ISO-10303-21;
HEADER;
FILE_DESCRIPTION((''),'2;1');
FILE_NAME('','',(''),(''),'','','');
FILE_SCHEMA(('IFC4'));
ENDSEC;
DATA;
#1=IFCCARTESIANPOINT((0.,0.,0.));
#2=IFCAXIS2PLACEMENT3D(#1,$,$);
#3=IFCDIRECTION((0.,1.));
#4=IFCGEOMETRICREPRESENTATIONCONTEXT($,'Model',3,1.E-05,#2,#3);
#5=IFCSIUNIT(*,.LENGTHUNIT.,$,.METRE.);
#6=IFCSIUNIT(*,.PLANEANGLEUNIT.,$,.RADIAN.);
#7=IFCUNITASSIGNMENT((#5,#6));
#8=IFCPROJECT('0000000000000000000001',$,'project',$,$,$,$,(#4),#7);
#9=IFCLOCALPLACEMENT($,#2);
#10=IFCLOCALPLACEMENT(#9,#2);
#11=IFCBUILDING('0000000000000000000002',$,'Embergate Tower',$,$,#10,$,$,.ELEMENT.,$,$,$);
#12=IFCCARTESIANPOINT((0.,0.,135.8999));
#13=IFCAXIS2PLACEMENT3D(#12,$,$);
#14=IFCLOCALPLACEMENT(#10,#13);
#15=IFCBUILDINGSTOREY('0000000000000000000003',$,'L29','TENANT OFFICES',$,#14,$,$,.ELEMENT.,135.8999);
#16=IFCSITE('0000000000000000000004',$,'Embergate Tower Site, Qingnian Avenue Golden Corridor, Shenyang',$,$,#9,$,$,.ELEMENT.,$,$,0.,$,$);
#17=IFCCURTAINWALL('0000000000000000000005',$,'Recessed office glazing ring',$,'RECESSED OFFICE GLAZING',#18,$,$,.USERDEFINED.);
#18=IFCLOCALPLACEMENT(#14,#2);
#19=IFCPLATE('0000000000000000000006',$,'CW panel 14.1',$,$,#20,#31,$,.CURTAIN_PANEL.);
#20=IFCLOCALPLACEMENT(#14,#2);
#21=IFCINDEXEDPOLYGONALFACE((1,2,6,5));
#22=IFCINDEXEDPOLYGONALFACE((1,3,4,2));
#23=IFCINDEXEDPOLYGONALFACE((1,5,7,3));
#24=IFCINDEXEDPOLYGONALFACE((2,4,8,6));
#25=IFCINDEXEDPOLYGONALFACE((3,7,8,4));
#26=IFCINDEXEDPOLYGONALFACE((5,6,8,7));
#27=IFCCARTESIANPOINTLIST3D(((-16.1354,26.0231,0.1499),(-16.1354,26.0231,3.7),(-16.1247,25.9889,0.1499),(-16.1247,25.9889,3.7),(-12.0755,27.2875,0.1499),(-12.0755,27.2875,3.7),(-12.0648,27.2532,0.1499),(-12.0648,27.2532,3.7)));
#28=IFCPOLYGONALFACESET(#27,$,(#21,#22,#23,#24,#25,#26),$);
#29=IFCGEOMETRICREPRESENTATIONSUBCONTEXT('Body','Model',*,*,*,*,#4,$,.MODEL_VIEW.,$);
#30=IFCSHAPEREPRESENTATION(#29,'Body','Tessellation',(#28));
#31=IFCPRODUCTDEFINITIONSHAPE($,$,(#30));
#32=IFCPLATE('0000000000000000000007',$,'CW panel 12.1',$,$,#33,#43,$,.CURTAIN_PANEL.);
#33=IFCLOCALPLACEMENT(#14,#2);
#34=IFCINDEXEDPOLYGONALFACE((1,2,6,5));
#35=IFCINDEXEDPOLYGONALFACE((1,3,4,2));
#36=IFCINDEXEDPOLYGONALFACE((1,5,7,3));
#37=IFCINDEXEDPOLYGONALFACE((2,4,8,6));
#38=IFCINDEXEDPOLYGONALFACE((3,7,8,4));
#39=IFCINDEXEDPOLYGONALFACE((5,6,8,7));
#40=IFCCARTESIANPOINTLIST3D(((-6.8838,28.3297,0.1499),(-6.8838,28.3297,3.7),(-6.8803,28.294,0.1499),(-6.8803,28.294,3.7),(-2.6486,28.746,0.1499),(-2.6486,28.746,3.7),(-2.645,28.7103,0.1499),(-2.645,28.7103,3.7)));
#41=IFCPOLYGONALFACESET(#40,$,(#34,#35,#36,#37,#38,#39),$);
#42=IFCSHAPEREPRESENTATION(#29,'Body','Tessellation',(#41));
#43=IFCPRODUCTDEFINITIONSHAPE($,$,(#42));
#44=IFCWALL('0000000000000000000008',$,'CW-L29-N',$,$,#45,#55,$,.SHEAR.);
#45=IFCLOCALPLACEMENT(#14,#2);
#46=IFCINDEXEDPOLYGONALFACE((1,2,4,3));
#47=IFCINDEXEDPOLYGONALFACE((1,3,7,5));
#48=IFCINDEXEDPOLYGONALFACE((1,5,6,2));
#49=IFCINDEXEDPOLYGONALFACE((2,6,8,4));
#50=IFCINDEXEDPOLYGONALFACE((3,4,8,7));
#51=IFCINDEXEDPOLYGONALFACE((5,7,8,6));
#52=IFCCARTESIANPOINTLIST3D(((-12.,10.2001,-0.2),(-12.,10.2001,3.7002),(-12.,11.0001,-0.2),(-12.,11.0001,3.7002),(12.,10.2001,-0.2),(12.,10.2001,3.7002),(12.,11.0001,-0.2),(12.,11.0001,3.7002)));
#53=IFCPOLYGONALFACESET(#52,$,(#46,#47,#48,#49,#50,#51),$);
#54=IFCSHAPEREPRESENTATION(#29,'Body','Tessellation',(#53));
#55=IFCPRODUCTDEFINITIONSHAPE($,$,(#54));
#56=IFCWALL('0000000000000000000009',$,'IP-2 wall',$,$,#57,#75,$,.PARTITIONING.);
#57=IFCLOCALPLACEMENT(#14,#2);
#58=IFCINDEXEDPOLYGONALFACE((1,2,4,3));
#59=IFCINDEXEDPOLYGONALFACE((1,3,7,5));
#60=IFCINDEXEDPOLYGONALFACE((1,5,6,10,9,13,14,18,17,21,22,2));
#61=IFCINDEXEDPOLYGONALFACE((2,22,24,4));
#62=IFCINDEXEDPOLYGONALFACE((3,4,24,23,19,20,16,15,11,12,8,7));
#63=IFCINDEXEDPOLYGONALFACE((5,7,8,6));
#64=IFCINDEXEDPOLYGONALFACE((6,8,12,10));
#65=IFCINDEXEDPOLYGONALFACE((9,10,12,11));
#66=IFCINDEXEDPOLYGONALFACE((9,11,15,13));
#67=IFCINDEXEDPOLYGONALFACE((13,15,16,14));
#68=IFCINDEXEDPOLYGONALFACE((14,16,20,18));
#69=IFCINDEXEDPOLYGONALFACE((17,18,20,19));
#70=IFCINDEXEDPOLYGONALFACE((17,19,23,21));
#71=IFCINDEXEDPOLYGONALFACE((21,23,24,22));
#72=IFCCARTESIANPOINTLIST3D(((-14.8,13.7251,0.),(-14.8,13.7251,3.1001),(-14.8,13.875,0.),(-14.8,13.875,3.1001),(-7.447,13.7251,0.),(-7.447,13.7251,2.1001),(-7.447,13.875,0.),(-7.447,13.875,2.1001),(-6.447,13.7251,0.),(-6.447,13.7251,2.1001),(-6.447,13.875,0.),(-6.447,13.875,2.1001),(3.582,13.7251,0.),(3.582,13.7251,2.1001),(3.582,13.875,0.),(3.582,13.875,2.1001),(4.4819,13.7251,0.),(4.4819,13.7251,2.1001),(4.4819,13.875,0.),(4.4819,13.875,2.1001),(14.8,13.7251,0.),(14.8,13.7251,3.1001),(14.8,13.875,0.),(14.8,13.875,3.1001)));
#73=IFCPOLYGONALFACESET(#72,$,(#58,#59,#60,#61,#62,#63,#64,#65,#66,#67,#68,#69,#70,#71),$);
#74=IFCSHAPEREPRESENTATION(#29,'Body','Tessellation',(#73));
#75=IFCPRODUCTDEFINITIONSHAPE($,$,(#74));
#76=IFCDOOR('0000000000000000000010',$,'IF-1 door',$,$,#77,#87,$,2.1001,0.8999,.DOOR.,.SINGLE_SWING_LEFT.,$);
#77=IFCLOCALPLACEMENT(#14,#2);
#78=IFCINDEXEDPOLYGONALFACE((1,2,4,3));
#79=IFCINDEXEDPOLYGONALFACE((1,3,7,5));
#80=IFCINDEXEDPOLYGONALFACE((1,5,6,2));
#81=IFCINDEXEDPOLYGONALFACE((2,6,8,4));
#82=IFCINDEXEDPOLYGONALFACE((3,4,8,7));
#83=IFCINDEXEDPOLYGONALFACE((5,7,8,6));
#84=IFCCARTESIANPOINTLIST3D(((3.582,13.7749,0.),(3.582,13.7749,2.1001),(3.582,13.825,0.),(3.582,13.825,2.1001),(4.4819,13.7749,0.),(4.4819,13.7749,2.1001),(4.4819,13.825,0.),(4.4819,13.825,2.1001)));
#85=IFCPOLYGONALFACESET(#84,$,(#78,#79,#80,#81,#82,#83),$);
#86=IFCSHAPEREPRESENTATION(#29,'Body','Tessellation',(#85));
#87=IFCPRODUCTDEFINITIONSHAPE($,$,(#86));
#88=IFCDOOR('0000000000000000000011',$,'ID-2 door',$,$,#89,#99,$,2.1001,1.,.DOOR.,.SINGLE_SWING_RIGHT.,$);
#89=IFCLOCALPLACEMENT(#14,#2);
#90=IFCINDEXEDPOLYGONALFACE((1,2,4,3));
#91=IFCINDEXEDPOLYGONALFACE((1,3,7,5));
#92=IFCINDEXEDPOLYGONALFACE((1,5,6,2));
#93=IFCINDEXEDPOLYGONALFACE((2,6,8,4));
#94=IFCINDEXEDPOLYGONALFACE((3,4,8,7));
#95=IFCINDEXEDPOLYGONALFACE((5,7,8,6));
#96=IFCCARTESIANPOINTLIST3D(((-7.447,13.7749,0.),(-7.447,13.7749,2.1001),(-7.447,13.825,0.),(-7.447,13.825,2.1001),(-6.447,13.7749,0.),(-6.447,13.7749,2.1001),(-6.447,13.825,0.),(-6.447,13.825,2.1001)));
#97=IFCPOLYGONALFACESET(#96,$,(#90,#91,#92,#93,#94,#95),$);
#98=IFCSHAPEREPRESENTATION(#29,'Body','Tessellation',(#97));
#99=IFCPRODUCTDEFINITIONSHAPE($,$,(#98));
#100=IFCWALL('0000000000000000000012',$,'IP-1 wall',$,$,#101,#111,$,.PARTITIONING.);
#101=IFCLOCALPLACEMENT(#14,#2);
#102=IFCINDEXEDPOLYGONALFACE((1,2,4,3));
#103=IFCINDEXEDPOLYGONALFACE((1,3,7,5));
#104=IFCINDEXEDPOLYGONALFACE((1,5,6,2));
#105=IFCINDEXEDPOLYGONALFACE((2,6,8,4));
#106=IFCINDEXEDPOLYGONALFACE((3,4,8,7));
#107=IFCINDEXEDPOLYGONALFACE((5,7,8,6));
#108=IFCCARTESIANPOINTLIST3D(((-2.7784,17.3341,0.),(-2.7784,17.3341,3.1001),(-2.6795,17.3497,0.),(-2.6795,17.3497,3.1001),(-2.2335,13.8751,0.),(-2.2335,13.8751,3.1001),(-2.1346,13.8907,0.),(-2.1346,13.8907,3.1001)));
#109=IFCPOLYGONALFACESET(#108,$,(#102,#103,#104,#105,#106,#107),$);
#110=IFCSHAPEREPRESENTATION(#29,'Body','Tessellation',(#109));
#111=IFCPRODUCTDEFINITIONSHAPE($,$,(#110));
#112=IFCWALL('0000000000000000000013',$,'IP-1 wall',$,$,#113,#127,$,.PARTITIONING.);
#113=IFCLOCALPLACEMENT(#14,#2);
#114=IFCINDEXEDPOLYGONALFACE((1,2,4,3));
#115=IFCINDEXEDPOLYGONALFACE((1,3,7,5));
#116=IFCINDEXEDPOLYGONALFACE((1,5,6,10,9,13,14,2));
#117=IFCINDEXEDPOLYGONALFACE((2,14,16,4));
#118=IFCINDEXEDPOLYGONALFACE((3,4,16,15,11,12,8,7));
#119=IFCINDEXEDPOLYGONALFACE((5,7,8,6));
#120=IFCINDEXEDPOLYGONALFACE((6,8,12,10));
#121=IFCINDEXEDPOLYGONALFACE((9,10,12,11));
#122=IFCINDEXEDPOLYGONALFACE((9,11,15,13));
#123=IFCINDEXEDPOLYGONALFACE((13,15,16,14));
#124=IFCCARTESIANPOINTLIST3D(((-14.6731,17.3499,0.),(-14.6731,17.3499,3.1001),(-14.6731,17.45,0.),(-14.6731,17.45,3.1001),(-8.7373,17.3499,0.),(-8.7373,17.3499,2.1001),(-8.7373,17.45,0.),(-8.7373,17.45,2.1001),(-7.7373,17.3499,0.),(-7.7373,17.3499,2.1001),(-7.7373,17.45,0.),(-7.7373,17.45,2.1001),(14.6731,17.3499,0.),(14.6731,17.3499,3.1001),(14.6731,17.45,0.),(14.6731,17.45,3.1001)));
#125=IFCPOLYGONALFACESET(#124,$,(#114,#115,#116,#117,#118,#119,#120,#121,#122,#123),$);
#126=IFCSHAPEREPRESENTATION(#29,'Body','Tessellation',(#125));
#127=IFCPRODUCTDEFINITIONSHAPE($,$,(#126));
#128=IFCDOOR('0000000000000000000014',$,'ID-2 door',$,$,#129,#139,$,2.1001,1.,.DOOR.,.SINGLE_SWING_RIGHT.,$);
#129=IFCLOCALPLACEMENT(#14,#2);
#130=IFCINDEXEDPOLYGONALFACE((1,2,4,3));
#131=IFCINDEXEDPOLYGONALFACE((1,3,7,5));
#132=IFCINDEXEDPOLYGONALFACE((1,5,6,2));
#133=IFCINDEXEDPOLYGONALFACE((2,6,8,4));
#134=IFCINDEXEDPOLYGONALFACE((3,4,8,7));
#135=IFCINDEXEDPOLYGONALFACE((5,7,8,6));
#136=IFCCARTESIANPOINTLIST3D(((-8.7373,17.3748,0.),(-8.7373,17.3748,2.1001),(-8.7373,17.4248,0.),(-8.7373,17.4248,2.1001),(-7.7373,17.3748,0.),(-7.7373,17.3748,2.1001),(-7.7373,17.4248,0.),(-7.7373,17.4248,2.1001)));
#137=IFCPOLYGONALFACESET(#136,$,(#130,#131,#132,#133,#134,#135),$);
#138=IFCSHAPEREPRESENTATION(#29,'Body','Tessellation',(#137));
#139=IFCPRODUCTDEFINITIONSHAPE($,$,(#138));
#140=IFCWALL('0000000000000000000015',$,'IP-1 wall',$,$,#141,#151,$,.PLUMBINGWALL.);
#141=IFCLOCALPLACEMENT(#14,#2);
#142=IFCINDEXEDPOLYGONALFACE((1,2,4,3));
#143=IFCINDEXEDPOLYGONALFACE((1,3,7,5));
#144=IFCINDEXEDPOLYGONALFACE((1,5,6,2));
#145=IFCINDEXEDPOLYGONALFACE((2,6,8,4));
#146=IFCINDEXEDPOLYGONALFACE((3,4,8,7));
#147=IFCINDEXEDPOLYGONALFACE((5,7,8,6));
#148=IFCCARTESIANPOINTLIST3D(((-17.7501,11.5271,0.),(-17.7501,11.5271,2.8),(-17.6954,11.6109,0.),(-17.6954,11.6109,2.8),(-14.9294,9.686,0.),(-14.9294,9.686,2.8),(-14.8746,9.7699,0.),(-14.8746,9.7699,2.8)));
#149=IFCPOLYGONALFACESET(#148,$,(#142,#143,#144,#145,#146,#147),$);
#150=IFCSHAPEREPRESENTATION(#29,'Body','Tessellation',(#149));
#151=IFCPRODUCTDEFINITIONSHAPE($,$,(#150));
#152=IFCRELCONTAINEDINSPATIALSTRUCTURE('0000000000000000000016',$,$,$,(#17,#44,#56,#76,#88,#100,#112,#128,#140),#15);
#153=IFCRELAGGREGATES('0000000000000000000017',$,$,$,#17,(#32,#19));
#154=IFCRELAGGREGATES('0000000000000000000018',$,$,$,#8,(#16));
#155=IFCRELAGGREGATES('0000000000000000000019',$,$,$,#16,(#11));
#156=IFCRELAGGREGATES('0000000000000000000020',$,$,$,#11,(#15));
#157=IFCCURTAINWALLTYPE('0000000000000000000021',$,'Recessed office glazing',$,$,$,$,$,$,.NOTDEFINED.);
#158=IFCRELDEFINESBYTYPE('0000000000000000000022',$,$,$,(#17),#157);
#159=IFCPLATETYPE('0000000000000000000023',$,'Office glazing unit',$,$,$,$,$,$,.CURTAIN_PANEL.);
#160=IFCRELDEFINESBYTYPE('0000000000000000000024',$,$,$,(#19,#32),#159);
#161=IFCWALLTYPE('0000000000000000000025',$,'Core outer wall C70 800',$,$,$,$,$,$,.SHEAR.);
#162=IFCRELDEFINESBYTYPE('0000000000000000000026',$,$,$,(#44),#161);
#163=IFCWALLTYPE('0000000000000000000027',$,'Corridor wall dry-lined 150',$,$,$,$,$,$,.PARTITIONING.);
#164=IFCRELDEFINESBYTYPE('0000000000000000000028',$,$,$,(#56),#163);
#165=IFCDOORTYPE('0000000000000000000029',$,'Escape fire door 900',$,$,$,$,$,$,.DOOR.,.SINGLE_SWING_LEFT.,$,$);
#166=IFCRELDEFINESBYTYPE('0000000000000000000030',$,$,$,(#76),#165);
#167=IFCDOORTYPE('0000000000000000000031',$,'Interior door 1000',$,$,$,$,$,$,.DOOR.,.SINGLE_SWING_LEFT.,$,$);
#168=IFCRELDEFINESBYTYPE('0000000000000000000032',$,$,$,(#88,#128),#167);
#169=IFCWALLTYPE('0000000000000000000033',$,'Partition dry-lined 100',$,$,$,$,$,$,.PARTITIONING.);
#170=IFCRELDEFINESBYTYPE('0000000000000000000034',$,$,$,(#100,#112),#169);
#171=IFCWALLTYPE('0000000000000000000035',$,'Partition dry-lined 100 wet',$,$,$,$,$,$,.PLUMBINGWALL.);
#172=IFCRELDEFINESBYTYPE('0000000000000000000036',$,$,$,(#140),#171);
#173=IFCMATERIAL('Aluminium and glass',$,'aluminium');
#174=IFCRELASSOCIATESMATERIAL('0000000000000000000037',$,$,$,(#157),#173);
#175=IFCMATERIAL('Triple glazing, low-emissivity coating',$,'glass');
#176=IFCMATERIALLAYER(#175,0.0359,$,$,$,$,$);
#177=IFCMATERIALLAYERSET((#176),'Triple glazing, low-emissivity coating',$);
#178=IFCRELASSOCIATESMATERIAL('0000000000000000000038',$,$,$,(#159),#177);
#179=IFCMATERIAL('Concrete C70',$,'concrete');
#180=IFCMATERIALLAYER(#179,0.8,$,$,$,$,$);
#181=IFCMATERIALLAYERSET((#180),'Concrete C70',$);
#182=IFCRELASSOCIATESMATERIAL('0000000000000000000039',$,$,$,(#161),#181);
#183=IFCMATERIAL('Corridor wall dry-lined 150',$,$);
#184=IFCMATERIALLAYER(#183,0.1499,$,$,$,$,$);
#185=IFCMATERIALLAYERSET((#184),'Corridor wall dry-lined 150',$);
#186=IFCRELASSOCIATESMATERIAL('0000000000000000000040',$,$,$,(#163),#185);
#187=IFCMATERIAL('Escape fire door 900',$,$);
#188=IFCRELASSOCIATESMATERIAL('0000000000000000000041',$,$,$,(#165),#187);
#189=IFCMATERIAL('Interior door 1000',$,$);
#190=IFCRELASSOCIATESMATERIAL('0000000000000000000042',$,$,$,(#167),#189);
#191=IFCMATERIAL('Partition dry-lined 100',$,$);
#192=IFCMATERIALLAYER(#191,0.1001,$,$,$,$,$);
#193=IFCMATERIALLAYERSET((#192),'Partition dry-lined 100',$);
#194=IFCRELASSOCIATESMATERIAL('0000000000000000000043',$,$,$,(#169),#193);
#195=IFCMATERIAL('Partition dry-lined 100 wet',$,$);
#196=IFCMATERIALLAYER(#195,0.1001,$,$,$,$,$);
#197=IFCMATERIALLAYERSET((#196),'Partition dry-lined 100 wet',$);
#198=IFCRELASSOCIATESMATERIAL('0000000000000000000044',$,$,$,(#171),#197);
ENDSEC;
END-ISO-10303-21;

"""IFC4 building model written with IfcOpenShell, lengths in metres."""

from ifc_helpers import new_model, si_unit, direction, frame, frame_2d, origin, origin_2d, place, context, subcontext, project, spatial, rectangle, extrude, source, transform, mapped, material, layer, layer_set, type_object, element, fill, aggregate, save


model = new_model("IFC4")

# Units and contexts
model_context = context("Model", 3, precision=1e-05, world=origin(), true_north=direction((0.0, 1.0)))
body_context = subcontext(model_context, "Body", "Model", "MODEL_VIEW")
ifc_project = project(units=[si_unit("LENGTHUNIT", "METRE"), si_unit("PLANEANGLEUNIT", "RADIAN")], contexts=[model_context])

# Site, building, storey
site_placement = place(None, origin())
site = spatial("IfcSite", under=ifc_project, at=site_placement, Name="Embergate Tower Site, Qingnian Avenue Golden Corridor, Shenyang", CompositionType="ELEMENT", RefElevation=0.0)
building_placement = place(site_placement, origin())
building = spatial("IfcBuilding", under=site, at=building_placement, Name="Embergate Tower", CompositionType="ELEMENT")
storey_placement = place(building_placement, frame((0.0, 0.0, 135.8999)))
storey = spatial("IfcBuildingStorey", under=building, at=storey_placement, Name="L29", Description="TENANT OFFICES", CompositionType="ELEMENT", Elevation=135.8999)

# Shared definitions
ifc_material_1 = material(Name="Concrete C70", Category="concrete")

# Curtain wall, plates
ifc_material_2 = material(Name="Aluminium and glass", Category="aluminium")
curtain_wall_type = type_object("IfcCurtainWallType", Name="Recessed office glazing", PredefinedType="NOTDEFINED", material=ifc_material_2)
curtain_wall_placement = place(storey_placement, origin())
curtain_wall = element("IfcCurtainWall", 1, at=curtain_wall_placement, inside=storey, type_object=curtain_wall_type, Name="Recessed office glazing ring", ObjectType="RECESSED OFFICE GLAZING", PredefinedType="USERDEFINED")
ifc_material_3 = material(Name="Triple glazing, low-emissivity coating", Category="glass")
ifc_layer_1 = layer(ifc_material_3, 0.0359)
ifc_layer_set_1 = layer_set([ifc_layer_1], Name="Triple glazing, low-emissivity coating")
plate_type = type_object("IfcPlateType", Name="Office glazing unit", PredefinedType="CURTAIN_PANEL", material=ifc_layer_set_1)
shared_shape_1 = source(origin(), body_context, "Body", "SweptSolid", [
    extrude(rectangle(XDim=4.2522, YDim=0.0359, at=origin_2d()), origin(), (0.0, 0.0, 1.0), 3.55),
])
plate_1_placement = place(storey_placement, frame((-14.1001, 26.6382, 0.1499), z_axis=(0.0, 0.0, 1.0), x_axis=(-0.954773, -0.297337, 0.0)))
plate_1 = element("IfcPlate", 2, at=plate_1_placement, type_object=plate_type, Name="CW panel 14.1", PredefinedType="CURTAIN_PANEL", context=body_context, shape_type="MappedRepresentation", body=[
    mapped(shared_shape_1, transform((0.0, 0.0, 0.0))),
])
shared_shape_2 = source(origin(), body_context, "Body", "SweptSolid", [
    extrude(rectangle(XDim=4.2556, YDim=0.0359, at=origin_2d()), origin(), (0.0, 0.0, 1.0), 3.55),
])
plate_2_placement = place(storey_placement, frame((-4.7644, 28.52, 0.1499), z_axis=(0.0, 0.0, 1.0), x_axis=(-0.995203, -0.097828, 0.0)))
plate_2 = element("IfcPlate", 3, at=plate_2_placement, type_object=plate_type, Name="CW panel 12.1", PredefinedType="CURTAIN_PANEL", context=body_context, shape_type="MappedRepresentation", body=[
    mapped(shared_shape_2, transform((0.0, 0.0, 0.0))),
])
aggregate(curtain_wall, [plate_2, plate_1])

# Wall
ifc_layer_2 = layer(ifc_material_1, 0.8)
ifc_layer_set_2 = layer_set([ifc_layer_2], Name="Concrete C70")
wall_type_1 = type_object("IfcWallType", Name="Core outer wall C70 800", PredefinedType="SHEAR", material=ifc_layer_set_2)
shared_shape_3 = source(origin(), body_context, "Body", "SweptSolid", [
    extrude(rectangle(XDim=24.0, YDim=0.8, at=frame_2d((12.0, 0.0))), origin(), (0.0, 0.0, 1.0), 3.9001),
])
wall_1_placement = place(storey_placement, frame((-12.0, 10.6001, -0.2), z_axis=(0.0, 0.0, 1.0), x_axis=(1.0, 0.0, 0.0)))
element("IfcWall", 4, at=wall_1_placement, inside=storey, type_object=wall_type_1, Name="CW-L29-N", PredefinedType="SHEAR", context=body_context, shape_type="MappedRepresentation", body=[
    mapped(shared_shape_3, transform((0.0, 0.0, 0.0))),
])

# Wall, openings, doors
ifc_material_4 = material(Name="Corridor wall dry-lined 150")
ifc_layer_3 = layer(ifc_material_4, 0.1499)
ifc_layer_set_3 = layer_set([ifc_layer_3], Name="Corridor wall dry-lined 150")
wall_type_2 = type_object("IfcWallType", Name="Corridor wall dry-lined 150", PredefinedType="PARTITIONING", material=ifc_layer_set_3)
shared_shape_4 = source(origin(), body_context, "Body", "SweptSolid", [
    extrude(rectangle(XDim=29.6001, YDim=0.1499, at=frame_2d((14.8, 0.0))), origin(), (0.0, 0.0, 1.0), 3.1001),
])
wall_2_placement = place(storey_placement, frame((-14.8, 13.8, 0.0), z_axis=(0.0, 0.0, 1.0), x_axis=(1.0, 0.0, 0.0)))
wall_2 = element("IfcWall", 5, at=wall_2_placement, inside=storey, type_object=wall_type_2, Name="IP-2 wall", PredefinedType="PARTITIONING", context=body_context, shape_type="MappedRepresentation", body=[
    mapped(shared_shape_4, transform((0.0, 0.0, 0.0))),
])
shared_shape_5 = source(origin(), body_context, "Body", "SweptSolid", [
    extrude(rectangle(XDim=0.8999, YDim=2.1001, at=frame_2d((0.45, 1.05))), frame((0.0, 0.085, 0.0), z_axis=(0.0, -1.0, 0.0), x_axis=(1.0, 0.0, 0.0)), (0.0, 0.0, 1.0), 0.1699),
])
opening_1_placement = place(wall_2_placement, frame((18.3821, 0.0, 0.0)))
opening_1 = element("IfcOpeningElement", 6, at=opening_1_placement, cuts=wall_2, PredefinedType="OPENING", context=body_context, shape_type="MappedRepresentation", body=[
    mapped(shared_shape_5, transform((0.0, 0.0, 0.0))),
])
shared_shape_6 = source(origin(), body_context, "Body", "SweptSolid", [
    extrude(rectangle(XDim=1.0, YDim=2.1001, at=frame_2d((0.5, 1.05))), frame((0.0, 0.085, 0.0), z_axis=(0.0, -1.0, 0.0), x_axis=(1.0, 0.0, 0.0)), (0.0, 0.0, 1.0), 0.1699),
])
opening_2_placement = place(wall_2_placement, frame((7.353, 0.0, 0.0)))
opening_2 = element("IfcOpeningElement", 7, at=opening_2_placement, cuts=wall_2, PredefinedType="OPENING", context=body_context, shape_type="MappedRepresentation", body=[
    mapped(shared_shape_6, transform((0.0, 0.0, 0.0))),
])
ifc_material_5 = material(Name="Escape fire door 900")
door_type_1 = type_object("IfcDoorType", Name="Escape fire door 900", OperationType="SINGLE_SWING_LEFT", PredefinedType="DOOR", material=ifc_material_5)
shared_shape_7 = source(origin(), body_context, "Body", "SweptSolid", [
    extrude(rectangle(XDim=0.8999, YDim=2.1001, at=frame_2d((0.45, 1.05))), frame((0.0, 0.0249, 0.0), z_axis=(0.0, -1.0, 0.0), x_axis=(1.0, 0.0, 0.0)), (0.0, 0.0, 1.0), 0.05),
])
door_1_placement = place(opening_1_placement, origin())
door_1 = element("IfcDoor", 8, at=door_1_placement, inside=storey, type_object=door_type_1, Name="IF-1 door", OperationType="SINGLE_SWING_LEFT", OverallHeight=2.1001, OverallWidth=0.8999, PredefinedType="DOOR", context=body_context, shape_type="MappedRepresentation", body=[
    mapped(shared_shape_7, transform((0.0, 0.0, 0.0))),
])
fill(opening_1, door_1)
ifc_material_6 = material(Name="Interior door 1000")
door_type_2 = type_object("IfcDoorType", Name="Interior door 1000", OperationType="SINGLE_SWING_LEFT", PredefinedType="DOOR", material=ifc_material_6)
shared_shape_8 = source(origin(), body_context, "Body", "SweptSolid", [
    extrude(rectangle(XDim=1.0, YDim=2.1001, at=frame_2d((0.5, 1.05))), frame((0.0, 0.0249, 0.0), z_axis=(0.0, -1.0, 0.0), x_axis=(1.0, 0.0, 0.0)), (0.0, 0.0, 1.0), 0.05),
])
door_2_placement = place(opening_2_placement, origin())
door_2 = element("IfcDoor", 9, at=door_2_placement, inside=storey, type_object=door_type_2, Name="ID-2 door", OperationType="SINGLE_SWING_RIGHT", OverallHeight=2.1001, OverallWidth=1.0, PredefinedType="DOOR", context=body_context, shape_type="MappedRepresentation", body=[
    mapped(shared_shape_8, transform((0.0, 0.0, 0.0))),
])
fill(opening_2, door_2)

# Wall
ifc_material_7 = material(Name="Partition dry-lined 100")
ifc_layer_4 = layer(ifc_material_7, 0.1001)
ifc_layer_set_4 = layer_set([ifc_layer_4], Name="Partition dry-lined 100")
wall_type_3 = type_object("IfcWallType", Name="Partition dry-lined 100", PredefinedType="PARTITIONING", material=ifc_layer_set_4)
shared_shape_9 = source(origin(), body_context, "Body", "SweptSolid", [
    extrude(rectangle(XDim=3.5017, YDim=0.1001, at=frame_2d((1.751, 0.0))), origin(), (0.0, 0.0, 1.0), 3.1001),
])
wall_3_placement = place(storey_placement, frame((-2.729, 17.342, 0.0), z_axis=(0.0, 0.0, 1.0), x_axis=(0.155619, -0.987817, 0.0)))
element("IfcWall", 10, at=wall_3_placement, inside=storey, type_object=wall_type_3, Name="IP-1 wall", PredefinedType="PARTITIONING", context=body_context, shape_type="MappedRepresentation", body=[
    mapped(shared_shape_9, transform((0.0, 0.0, 0.0))),
])

# Wall, opening, door
shared_shape_10 = source(origin(), body_context, "Body", "SweptSolid", [
    extrude(rectangle(XDim=29.3462, YDim=0.1001, at=frame_2d((14.6731, 0.0))), origin(), (0.0, 0.0, 1.0), 3.1001),
])
wall_4_placement = place(storey_placement, frame((-14.6731, 17.3999, 0.0), z_axis=(0.0, 0.0, 1.0), x_axis=(1.0, 0.0, 0.0)))
wall_4 = element("IfcWall", 11, at=wall_4_placement, inside=storey, type_object=wall_type_3, Name="IP-1 wall", PredefinedType="PARTITIONING", context=body_context, shape_type="MappedRepresentation", body=[
    mapped(shared_shape_10, transform((0.0, 0.0, 0.0))),
])
shared_shape_11 = source(origin(), body_context, "Body", "SweptSolid", [
    extrude(rectangle(XDim=1.0, YDim=2.1001, at=frame_2d((0.5, 1.05))), frame((0.0, 0.0601, 0.0), z_axis=(0.0, -1.0, 0.0), x_axis=(1.0, 0.0, 0.0)), (0.0, 0.0, 1.0), 0.1201),
])
opening_3_placement = place(wall_4_placement, frame((5.9358, 0.0, 0.0)))
opening_3 = element("IfcOpeningElement", 12, at=opening_3_placement, cuts=wall_4, PredefinedType="OPENING", context=body_context, shape_type="MappedRepresentation", body=[
    mapped(shared_shape_11, transform((0.0, 0.0, 0.0))),
])
door_3_placement = place(opening_3_placement, origin())
door_3 = element("IfcDoor", 13, at=door_3_placement, inside=storey, type_object=door_type_2, Name="ID-2 door", OperationType="SINGLE_SWING_RIGHT", OverallHeight=2.1001, OverallWidth=1.0, PredefinedType="DOOR", context=body_context, shape_type="MappedRepresentation", body=[
    mapped(shared_shape_8, transform((0.0, 0.0, 0.0))),
])
fill(opening_3, door_3)

# Wall
ifc_material_8 = material(Name="Partition dry-lined 100 wet")
ifc_layer_5 = layer(ifc_material_8, 0.1001)
ifc_layer_set_5 = layer_set([ifc_layer_5], Name="Partition dry-lined 100 wet")
wall_type_4 = type_object("IfcWallType", Name="Partition dry-lined 100 wet", PredefinedType="PLUMBINGWALL", material=ifc_layer_set_5)
shared_shape_12 = source(origin(), body_context, "Body", "SweptSolid", [
    extrude(rectangle(XDim=3.3684, YDim=0.1001, at=frame_2d((1.6841, 0.0))), origin(), (0.0, 0.0, 1.0), 2.8),
])
wall_5_placement = place(storey_placement, frame((-14.9021, 9.728, 0.0), z_axis=(0.0, 0.0, 1.0), x_axis=(-0.837419, 0.546562, 0.0)))
element("IfcWall", 14, at=wall_5_placement, inside=storey, type_object=wall_type_4, Name="IP-1 wall", PredefinedType="PLUMBINGWALL", context=body_context, shape_type="MappedRepresentation", body=[
    mapped(shared_shape_12, transform((0.0, 0.0, 0.0))),
])

save(model, "model.ifc")
